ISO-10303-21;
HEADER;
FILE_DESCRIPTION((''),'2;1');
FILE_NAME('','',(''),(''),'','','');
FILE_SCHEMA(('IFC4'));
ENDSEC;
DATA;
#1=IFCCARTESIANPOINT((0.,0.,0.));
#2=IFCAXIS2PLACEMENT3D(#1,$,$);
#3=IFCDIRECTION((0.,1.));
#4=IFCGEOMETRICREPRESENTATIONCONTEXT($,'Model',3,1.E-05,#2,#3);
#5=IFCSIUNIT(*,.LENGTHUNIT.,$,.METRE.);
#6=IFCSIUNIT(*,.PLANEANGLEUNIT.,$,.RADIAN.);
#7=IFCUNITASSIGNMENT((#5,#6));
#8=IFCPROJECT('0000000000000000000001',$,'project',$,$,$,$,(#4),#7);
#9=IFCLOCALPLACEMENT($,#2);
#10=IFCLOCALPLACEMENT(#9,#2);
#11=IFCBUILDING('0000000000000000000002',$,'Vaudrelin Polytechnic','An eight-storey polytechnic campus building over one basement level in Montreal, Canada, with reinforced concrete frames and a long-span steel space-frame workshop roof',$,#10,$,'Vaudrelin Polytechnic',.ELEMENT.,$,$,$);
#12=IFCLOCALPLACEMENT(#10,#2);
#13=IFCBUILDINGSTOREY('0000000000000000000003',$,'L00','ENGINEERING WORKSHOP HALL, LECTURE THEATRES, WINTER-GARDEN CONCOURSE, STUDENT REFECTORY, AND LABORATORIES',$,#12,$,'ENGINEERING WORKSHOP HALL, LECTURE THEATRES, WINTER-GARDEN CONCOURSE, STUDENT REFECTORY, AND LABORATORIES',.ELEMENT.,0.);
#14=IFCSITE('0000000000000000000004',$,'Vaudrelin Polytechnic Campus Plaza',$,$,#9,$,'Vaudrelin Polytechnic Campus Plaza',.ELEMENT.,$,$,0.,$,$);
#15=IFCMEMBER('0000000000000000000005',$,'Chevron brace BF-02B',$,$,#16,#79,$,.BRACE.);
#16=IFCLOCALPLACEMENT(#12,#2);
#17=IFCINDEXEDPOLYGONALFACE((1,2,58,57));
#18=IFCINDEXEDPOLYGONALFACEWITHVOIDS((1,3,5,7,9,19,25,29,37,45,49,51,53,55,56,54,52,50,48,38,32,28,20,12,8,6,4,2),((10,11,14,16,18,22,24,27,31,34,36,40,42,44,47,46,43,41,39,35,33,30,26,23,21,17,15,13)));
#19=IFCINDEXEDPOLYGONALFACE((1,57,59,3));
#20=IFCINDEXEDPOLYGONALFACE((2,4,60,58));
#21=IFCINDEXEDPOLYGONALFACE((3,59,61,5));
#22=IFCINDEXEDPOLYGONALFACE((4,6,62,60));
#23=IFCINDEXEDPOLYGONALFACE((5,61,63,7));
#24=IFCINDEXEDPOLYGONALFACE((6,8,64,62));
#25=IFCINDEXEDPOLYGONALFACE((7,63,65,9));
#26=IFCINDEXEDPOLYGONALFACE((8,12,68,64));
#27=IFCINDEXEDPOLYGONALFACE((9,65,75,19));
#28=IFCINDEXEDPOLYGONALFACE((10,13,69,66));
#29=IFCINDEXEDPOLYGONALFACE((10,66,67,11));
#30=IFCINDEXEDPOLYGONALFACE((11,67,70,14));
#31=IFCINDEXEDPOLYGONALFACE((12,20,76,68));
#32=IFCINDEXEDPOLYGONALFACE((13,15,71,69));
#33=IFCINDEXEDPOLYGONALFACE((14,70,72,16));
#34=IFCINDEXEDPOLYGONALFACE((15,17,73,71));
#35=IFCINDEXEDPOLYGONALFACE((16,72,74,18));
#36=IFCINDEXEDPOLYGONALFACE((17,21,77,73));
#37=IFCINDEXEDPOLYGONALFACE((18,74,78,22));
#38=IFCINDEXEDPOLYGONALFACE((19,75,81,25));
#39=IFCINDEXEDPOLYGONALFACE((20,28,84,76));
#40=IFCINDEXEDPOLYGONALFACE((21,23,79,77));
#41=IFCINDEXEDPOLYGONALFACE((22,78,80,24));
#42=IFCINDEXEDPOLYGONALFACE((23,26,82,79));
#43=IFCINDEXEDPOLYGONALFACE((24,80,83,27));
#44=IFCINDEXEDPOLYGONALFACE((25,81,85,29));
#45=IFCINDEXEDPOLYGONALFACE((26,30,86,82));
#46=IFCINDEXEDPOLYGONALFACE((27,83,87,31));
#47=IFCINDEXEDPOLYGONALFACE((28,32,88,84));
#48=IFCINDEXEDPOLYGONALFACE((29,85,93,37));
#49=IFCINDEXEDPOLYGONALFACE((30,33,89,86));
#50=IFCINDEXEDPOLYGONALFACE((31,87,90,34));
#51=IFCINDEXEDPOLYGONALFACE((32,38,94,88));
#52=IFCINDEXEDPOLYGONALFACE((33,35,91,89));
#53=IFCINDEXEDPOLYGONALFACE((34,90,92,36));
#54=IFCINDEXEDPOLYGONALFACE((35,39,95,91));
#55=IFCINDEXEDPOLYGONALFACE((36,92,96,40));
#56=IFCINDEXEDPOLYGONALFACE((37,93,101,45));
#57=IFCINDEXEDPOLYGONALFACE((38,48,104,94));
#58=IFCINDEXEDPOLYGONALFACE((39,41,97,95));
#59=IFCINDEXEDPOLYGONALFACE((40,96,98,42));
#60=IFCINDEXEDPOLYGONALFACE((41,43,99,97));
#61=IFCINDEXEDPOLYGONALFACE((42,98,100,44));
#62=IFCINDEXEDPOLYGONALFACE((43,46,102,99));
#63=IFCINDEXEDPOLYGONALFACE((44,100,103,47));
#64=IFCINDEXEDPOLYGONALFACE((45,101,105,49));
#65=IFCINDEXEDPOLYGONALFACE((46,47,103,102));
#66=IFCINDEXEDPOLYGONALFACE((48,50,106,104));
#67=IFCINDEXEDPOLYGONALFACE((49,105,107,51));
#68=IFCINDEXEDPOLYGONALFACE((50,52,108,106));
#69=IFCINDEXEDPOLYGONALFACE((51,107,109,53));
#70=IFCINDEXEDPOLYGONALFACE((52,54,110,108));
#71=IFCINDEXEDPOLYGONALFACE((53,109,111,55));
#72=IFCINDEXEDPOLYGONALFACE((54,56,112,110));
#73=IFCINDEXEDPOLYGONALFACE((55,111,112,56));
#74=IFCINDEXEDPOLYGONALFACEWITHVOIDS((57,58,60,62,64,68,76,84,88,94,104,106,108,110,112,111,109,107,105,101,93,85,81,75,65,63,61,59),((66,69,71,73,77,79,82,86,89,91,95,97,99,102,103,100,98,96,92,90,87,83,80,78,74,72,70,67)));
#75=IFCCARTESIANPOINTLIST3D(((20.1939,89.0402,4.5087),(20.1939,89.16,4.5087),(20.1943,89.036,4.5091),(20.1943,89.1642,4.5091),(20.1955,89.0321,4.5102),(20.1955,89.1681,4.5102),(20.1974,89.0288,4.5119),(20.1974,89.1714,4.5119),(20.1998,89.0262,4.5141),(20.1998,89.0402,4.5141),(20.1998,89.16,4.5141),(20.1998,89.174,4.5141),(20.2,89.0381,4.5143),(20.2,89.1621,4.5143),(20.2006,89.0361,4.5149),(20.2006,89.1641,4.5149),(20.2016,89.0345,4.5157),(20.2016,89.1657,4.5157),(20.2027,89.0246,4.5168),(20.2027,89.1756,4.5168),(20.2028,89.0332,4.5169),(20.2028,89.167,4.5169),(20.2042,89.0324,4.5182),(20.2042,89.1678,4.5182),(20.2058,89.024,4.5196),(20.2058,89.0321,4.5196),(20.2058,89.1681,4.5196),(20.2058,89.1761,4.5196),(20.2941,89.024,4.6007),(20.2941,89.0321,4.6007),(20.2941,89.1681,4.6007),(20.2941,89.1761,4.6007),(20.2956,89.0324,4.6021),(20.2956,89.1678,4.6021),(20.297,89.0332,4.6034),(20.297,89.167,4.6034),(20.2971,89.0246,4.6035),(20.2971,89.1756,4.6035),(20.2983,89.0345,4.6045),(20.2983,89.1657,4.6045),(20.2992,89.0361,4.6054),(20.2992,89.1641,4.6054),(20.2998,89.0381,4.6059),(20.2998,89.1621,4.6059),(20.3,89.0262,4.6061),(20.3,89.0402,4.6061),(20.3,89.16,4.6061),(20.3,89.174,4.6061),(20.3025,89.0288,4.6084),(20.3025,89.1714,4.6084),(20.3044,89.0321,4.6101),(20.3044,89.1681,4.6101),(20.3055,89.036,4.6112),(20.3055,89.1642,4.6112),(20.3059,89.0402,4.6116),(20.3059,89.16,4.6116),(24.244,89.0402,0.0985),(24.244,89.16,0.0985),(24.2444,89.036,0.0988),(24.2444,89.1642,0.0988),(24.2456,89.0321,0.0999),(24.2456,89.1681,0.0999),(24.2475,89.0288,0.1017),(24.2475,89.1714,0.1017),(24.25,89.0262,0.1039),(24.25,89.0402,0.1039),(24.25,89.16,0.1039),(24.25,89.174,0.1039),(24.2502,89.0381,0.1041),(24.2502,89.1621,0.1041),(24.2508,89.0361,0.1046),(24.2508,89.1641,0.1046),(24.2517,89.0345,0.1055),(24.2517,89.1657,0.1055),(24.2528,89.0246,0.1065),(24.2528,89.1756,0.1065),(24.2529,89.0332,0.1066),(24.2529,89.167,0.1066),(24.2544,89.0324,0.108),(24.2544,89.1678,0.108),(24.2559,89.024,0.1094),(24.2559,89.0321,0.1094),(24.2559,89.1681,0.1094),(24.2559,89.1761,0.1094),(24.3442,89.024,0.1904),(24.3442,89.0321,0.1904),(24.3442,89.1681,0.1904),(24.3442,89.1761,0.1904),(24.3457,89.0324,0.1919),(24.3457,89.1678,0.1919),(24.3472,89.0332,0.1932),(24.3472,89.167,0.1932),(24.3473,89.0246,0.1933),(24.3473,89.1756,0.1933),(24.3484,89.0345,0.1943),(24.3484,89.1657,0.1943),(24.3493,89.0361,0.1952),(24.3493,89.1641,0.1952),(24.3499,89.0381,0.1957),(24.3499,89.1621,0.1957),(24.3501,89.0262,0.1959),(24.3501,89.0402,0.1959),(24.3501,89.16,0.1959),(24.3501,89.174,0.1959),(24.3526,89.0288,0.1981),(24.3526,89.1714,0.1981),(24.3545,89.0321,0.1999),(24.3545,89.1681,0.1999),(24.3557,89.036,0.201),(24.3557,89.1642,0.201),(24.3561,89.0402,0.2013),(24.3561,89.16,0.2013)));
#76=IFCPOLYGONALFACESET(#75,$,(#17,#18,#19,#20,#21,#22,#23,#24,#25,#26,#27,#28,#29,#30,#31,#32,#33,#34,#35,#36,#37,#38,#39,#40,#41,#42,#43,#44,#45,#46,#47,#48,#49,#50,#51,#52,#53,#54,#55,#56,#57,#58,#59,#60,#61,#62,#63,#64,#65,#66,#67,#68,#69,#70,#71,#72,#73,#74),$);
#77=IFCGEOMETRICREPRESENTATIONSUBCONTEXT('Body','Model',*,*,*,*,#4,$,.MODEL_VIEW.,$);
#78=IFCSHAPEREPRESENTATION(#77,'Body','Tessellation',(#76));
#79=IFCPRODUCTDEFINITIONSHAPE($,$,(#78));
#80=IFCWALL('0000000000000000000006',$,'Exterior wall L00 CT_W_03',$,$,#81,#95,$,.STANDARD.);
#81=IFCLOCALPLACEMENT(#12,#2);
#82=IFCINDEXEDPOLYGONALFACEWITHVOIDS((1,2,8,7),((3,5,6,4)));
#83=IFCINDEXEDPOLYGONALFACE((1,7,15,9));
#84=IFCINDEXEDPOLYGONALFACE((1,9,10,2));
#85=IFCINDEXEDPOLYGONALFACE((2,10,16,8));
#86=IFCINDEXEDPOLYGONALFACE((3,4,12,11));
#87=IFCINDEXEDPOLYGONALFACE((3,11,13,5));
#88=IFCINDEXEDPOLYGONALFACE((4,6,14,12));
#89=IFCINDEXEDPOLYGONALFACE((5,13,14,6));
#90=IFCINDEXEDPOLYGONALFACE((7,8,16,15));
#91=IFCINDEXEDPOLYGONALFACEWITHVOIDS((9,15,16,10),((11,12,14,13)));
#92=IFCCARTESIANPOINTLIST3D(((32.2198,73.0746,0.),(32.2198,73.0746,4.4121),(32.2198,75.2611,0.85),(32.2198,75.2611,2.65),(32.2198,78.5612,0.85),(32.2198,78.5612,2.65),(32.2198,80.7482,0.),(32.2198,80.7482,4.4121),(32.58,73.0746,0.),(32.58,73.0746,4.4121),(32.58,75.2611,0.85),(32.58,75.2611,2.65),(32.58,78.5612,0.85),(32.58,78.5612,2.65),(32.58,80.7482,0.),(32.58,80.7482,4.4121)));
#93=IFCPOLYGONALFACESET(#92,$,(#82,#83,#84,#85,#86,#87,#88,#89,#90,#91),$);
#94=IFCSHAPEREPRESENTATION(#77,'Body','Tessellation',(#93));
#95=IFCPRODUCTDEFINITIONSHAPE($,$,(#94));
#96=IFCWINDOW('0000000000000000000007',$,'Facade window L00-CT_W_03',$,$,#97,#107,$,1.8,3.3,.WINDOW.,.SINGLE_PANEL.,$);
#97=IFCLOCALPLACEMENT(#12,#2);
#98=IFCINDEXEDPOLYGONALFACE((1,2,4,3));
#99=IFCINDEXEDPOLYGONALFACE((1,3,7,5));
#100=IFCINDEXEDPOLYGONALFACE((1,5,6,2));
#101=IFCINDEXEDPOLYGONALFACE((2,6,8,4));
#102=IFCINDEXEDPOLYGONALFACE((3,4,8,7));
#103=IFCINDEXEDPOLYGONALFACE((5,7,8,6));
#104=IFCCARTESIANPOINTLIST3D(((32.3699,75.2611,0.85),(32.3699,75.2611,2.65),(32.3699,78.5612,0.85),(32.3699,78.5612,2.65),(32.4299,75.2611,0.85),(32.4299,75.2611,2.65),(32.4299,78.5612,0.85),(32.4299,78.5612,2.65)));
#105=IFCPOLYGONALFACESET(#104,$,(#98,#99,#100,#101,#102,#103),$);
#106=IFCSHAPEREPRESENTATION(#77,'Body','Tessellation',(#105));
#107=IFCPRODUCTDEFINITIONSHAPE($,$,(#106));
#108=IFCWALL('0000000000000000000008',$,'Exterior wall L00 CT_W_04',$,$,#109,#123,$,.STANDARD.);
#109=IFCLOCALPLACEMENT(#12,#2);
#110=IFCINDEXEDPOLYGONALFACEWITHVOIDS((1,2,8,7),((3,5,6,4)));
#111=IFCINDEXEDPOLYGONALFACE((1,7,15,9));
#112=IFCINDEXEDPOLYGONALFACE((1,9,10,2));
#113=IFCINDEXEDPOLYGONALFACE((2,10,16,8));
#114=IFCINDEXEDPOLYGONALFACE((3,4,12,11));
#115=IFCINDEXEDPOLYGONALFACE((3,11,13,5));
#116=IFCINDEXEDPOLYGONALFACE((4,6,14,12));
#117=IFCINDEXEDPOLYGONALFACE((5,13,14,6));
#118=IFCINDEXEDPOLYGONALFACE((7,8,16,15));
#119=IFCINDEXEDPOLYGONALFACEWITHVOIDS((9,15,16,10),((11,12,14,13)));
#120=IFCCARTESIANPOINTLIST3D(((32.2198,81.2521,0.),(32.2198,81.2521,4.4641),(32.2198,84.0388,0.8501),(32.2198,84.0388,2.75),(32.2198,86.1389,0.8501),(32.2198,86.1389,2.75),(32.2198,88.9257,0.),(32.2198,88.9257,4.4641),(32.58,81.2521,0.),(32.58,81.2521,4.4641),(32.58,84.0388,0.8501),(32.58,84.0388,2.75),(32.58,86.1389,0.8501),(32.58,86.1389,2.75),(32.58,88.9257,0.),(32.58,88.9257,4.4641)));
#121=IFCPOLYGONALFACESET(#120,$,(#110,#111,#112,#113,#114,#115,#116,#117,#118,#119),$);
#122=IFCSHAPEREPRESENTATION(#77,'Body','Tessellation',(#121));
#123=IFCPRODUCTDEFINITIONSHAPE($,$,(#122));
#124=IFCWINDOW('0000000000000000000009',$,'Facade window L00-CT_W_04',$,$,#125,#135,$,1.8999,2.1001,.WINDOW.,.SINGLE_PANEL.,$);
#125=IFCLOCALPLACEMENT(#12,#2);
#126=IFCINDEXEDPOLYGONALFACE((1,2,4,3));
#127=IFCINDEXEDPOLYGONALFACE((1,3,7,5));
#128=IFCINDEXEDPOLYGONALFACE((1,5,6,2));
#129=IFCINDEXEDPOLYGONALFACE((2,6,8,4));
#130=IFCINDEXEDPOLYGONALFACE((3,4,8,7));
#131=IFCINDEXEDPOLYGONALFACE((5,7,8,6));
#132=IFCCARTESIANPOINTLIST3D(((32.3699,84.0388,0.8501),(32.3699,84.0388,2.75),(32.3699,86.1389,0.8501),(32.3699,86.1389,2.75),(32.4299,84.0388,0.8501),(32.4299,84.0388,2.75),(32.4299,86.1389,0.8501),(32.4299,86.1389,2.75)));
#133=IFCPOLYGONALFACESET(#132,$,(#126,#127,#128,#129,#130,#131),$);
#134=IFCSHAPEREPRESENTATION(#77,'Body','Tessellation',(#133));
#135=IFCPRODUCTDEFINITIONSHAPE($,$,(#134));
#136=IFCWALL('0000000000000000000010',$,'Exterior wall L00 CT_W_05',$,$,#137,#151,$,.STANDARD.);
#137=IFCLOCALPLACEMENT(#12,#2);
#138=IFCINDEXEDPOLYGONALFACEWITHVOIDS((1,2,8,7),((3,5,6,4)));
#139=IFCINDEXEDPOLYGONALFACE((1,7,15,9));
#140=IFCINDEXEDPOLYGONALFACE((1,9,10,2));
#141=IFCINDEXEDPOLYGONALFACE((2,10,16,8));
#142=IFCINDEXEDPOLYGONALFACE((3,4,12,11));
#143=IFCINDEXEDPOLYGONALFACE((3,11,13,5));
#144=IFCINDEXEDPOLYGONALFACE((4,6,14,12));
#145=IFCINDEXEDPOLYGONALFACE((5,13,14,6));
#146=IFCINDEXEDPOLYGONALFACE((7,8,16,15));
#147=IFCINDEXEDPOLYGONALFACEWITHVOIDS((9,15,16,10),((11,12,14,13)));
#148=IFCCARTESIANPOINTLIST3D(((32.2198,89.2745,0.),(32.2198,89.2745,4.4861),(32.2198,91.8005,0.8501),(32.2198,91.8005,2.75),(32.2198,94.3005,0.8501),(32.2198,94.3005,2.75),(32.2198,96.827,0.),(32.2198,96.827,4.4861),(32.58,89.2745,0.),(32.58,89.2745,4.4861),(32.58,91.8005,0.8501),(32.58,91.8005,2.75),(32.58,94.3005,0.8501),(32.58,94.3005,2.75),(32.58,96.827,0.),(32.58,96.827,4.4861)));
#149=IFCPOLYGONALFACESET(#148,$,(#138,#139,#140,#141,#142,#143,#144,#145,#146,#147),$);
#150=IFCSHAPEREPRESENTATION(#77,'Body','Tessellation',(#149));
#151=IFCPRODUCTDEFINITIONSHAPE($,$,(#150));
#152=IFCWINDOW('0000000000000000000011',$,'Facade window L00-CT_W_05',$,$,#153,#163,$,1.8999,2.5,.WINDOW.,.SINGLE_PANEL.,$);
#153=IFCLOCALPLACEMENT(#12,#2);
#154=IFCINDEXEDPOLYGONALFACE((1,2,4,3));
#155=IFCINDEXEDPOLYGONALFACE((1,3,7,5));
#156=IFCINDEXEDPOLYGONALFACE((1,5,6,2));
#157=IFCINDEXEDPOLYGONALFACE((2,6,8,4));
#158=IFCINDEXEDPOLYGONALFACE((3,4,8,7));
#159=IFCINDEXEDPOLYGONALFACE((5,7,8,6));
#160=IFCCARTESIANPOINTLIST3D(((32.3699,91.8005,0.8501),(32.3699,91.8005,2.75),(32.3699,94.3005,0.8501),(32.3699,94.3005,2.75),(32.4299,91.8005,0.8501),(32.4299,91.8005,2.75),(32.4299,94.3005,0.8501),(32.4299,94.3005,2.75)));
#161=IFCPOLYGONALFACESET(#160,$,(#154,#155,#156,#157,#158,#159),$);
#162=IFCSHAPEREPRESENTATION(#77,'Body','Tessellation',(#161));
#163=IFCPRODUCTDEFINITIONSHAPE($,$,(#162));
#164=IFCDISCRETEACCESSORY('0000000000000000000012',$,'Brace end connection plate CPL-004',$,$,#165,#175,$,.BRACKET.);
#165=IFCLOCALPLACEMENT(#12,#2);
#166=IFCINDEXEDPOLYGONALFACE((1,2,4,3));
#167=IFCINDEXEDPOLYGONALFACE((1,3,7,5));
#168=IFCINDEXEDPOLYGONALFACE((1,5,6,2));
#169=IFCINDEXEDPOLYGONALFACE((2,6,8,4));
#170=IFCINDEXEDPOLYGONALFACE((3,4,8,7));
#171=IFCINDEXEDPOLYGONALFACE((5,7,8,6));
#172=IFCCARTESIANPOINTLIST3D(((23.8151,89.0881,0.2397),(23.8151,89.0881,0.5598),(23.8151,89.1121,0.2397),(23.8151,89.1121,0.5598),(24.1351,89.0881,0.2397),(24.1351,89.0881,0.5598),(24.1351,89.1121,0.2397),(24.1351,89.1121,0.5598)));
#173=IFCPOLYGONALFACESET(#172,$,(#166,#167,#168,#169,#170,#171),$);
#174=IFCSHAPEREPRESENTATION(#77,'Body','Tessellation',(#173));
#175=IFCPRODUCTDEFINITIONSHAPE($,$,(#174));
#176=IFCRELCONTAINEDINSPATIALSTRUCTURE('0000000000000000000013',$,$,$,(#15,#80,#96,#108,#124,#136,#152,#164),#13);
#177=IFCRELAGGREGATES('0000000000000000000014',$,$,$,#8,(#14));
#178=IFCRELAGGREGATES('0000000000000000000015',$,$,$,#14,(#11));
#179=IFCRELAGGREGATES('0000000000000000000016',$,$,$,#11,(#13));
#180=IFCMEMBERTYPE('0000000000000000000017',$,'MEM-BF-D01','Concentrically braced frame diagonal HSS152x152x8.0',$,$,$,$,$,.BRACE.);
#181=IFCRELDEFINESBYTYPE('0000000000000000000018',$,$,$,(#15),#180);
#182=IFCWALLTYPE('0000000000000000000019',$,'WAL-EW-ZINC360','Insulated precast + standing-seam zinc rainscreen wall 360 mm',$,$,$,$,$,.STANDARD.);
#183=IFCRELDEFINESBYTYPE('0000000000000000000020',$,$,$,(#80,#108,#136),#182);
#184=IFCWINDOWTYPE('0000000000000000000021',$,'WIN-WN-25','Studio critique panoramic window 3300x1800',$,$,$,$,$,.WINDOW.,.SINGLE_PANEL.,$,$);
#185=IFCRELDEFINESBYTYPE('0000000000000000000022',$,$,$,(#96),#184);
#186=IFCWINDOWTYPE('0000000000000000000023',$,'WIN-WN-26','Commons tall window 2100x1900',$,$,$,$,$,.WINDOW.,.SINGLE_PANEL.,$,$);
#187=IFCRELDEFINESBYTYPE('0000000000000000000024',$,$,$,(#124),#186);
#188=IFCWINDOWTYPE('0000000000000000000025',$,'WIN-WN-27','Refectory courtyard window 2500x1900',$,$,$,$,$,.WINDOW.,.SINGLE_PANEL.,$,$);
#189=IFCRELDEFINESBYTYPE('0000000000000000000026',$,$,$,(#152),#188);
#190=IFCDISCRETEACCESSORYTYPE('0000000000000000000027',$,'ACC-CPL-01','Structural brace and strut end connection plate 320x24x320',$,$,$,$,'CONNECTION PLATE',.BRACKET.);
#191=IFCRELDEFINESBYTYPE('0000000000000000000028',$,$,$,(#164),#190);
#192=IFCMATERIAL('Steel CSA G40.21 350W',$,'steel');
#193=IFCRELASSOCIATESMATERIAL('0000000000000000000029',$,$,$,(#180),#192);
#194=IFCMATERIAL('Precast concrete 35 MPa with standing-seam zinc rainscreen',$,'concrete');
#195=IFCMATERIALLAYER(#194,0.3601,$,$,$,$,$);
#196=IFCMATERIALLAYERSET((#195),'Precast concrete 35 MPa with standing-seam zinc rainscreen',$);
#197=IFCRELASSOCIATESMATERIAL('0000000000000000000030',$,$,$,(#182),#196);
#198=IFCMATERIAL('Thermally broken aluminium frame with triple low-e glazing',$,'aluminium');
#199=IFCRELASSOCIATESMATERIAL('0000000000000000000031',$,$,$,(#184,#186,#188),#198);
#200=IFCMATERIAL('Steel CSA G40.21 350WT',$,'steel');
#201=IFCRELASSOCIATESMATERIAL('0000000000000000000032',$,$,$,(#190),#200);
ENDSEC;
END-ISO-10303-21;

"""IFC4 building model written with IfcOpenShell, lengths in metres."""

from ifc_helpers import new_model, si_unit, direction, frame, frame_2d, origin, origin_2d, place, context, subcontext, project, spatial, rectangle, hollow_rectangle, extrude, material, layer, layer_set, material_profile, profile_set, type_object, element, fill, save


model = new_model("IFC4")

# Units and contexts
model_context = context("Model", 3, precision=1e-05, world=origin(), true_north=direction((0.0, 1.0)))
body_context = subcontext(model_context, "Body", "Model", "MODEL_VIEW")
ifc_project = project(units=[si_unit("LENGTHUNIT", "METRE"), si_unit("PLANEANGLEUNIT", "RADIAN")], contexts=[model_context])

# Site, building, storey
site_placement = place(None, origin())
site = spatial("IfcSite", under=ifc_project, at=site_placement, Name="Vaudrelin Polytechnic Campus Plaza", LongName="Vaudrelin Polytechnic Campus Plaza", CompositionType="ELEMENT", RefElevation=0.0)
building_placement = place(site_placement, origin())
building = spatial("IfcBuilding", under=site, at=building_placement, Name="Vaudrelin Polytechnic", Description="An eight-storey polytechnic campus building over one basement level in Montreal, Canada, with reinforced concrete frames and a long-span steel space-frame workshop roof", LongName="Vaudrelin Polytechnic", CompositionType="ELEMENT")
storey_placement = place(building_placement, origin())
storey = spatial("IfcBuildingStorey", under=building, at=storey_placement, Name="L00", Description="ENGINEERING WORKSHOP HALL, LECTURE THEATRES, WINTER-GARDEN CONCOURSE, STUDENT REFECTORY, AND LABORATORIES", LongName="ENGINEERING WORKSHOP HALL, LECTURE THEATRES, WINTER-GARDEN CONCOURSE, STUDENT REFECTORY, AND LABORATORIES", CompositionType="ELEMENT", Elevation=0.0)

# Shared definitions
ifc_material_1 = material(Name="Steel CSA G40.21 350WT", Category="steel")
ifc_material_2 = material(Name="Steel CSA G40.21 350W", Category="steel")

# Member
ifc_material_profile_1 = material_profile(ifc_material_2, hollow_rectangle(XDim=0.1521, YDim=0.1521, WallThickness=0.0081, InnerFilletRadius=0.0081, OuterFilletRadius=0.0161, at=origin_2d()), Name="HSS152x152x8.0")
ifc_profile_set_1 = profile_set([ifc_material_profile_1], Name="Steel CSA G40.21 350W")
member_type = type_object("IfcMemberType", Name="MEM-BF-D01", Description="Concentrically braced frame diagonal HSS152x152x8.0", PredefinedType="BRACE", material=ifc_profile_set_1)
member_placement = place(storey_placement, frame((24.3, 89.1001, 0.1499), z_axis=(-0.676396, 0.0, 0.736538), x_axis=(0.0, -1.0, 0.0)))
element("IfcMember", 1, at=member_placement, inside=storey, type_object=member_type, Name="Chevron brace BF-02B", PredefinedType="BRACE", context=body_context, shape_type="SweptSolid", body=[
    extrude(hollow_rectangle(XDim=0.1521, YDim=0.1521, WallThickness=0.0081, InnerFilletRadius=0.0081, OuterFilletRadius=0.0161, at=origin_2d()), origin(), (0.0, 0.0, 1.0), 5.9878),
])

# Walls, openings, windows
ifc_material_3 = material(Name="Precast concrete 35 MPa with standing-seam zinc rainscreen", Category="concrete")
ifc_layer_1 = layer(ifc_material_3, 0.3601)
ifc_layer_set_1 = layer_set([ifc_layer_1], Name="Precast concrete 35 MPa with standing-seam zinc rainscreen")
wall_type_1 = type_object("IfcWallType", Name="WAL-EW-ZINC360", Description="Insulated precast + standing-seam zinc rainscreen wall 360 mm", PredefinedType="STANDARD", material=ifc_layer_set_1)
wall_1_placement = place(storey_placement, frame((32.3999, 73.0745, 0.0), z_axis=(0.0, 0.0, 1.0), x_axis=(0.0, 1.0, 0.0)))
wall_1 = element("IfcWall", 2, at=wall_1_placement, inside=storey, type_object=wall_type_1, Name="Exterior wall L00 CT_W_03", PredefinedType="STANDARD", context=body_context, shape_type="SweptSolid", body=[
    extrude(rectangle(XDim=7.6736, YDim=0.3601, at=frame_2d((3.8369, 0.0))), origin(), (0.0, 0.0, 1.0), 4.4121),
])
opening_1_placement = place(wall_1_placement, frame((2.1868, 0.0, 0.8501)))
opening_1 = element("IfcOpeningElement", 3, at=opening_1_placement, cuts=wall_1, PredefinedType="OPENING", context=body_context, shape_type="SweptSolid", body=[
    extrude(rectangle(XDim=3.3, YDim=1.8, at=frame_2d((1.6499, 0.8999))), frame((0.0, 0.1899, 0.0), z_axis=(0.0, -1.0, 0.0), x_axis=(1.0, 0.0, 0.0)), (0.0, 0.0, 1.0), 0.3801),
])
ifc_material_4 = material(Name="Thermally broken aluminium frame with triple low-e glazing", Category="aluminium")
window_type_1 = type_object("IfcWindowType", Name="WIN-WN-25", Description="Studio critique panoramic window 3300x1800", PartitioningType="SINGLE_PANEL", PredefinedType="WINDOW", material=ifc_material_4)
window_1_placement = place(opening_1_placement, origin())
window_1 = element("IfcWindow", 4, at=window_1_placement, inside=storey, type_object=window_type_1, Name="Facade window L00-CT_W_03", OverallHeight=1.8, OverallWidth=3.3, PartitioningType="SINGLE_PANEL", PredefinedType="WINDOW", context=body_context, shape_type="SweptSolid", body=[
    extrude(rectangle(XDim=3.3, YDim=1.8, at=frame_2d((1.6499, 0.8999))), frame((0.0, 0.03, 0.0), z_axis=(0.0, -1.0, 0.0), x_axis=(1.0, 0.0, 0.0)), (0.0, 0.0, 1.0), 0.0601),
])
fill(opening_1, window_1)
wall_2_placement = place(storey_placement, frame((32.3999, 81.252, 0.0), z_axis=(0.0, 0.0, 1.0), x_axis=(0.0, 1.0, 0.0)))
wall_2 = element("IfcWall", 5, at=wall_2_placement, inside=storey, type_object=wall_type_1, Name="Exterior wall L00 CT_W_04", PredefinedType="STANDARD", context=body_context, shape_type="SweptSolid", body=[
    extrude(rectangle(XDim=7.6736, YDim=0.3601, at=frame_2d((3.8369, 0.0))), origin(), (0.0, 0.0, 1.0), 4.4641),
])
opening_2_placement = place(wall_2_placement, frame((2.7869, 0.0, 0.8501)))
opening_2 = element("IfcOpeningElement", 6, at=opening_2_placement, cuts=wall_2, PredefinedType="OPENING", context=body_context, shape_type="SweptSolid", body=[
    extrude(rectangle(XDim=2.1001, YDim=1.8999, at=frame_2d((1.05, 0.95))), frame((0.0, 0.1899, 0.0), z_axis=(0.0, -1.0, 0.0), x_axis=(1.0, 0.0, 0.0)), (0.0, 0.0, 1.0), 0.3801),
])
window_type_2 = type_object("IfcWindowType", Name="WIN-WN-26", Description="Commons tall window 2100x1900", PartitioningType="SINGLE_PANEL", PredefinedType="WINDOW", material=ifc_material_4)
window_2_placement = place(opening_2_placement, origin())
window_2 = element("IfcWindow", 7, at=window_2_placement, inside=storey, type_object=window_type_2, Name="Facade window L00-CT_W_04", OverallHeight=1.8999, OverallWidth=2.1001, PartitioningType="SINGLE_PANEL", PredefinedType="WINDOW", context=body_context, shape_type="SweptSolid", body=[
    extrude(rectangle(XDim=2.1001, YDim=1.8999, at=frame_2d((1.05, 0.95))), frame((0.0, 0.03, 0.0), z_axis=(0.0, -1.0, 0.0), x_axis=(1.0, 0.0, 0.0)), (0.0, 0.0, 1.0), 0.0601),
])
fill(opening_2, window_2)
wall_3_placement = place(storey_placement, frame((32.3999, 89.2744, 0.0), z_axis=(0.0, 0.0, 1.0), x_axis=(0.0, 1.0, 0.0)))
wall_3 = element("IfcWall", 8, at=wall_3_placement, inside=storey, type_object=wall_type_1, Name="Exterior wall L00 CT_W_05", PredefinedType="STANDARD", context=body_context, shape_type="SweptSolid", body=[
    extrude(rectangle(XDim=7.5525, YDim=0.3601, at=frame_2d((3.7764, 0.0))), origin(), (0.0, 0.0, 1.0), 4.4861),
])
opening_3_placement = place(wall_3_placement, frame((2.5261, 0.0, 0.8501)))
opening_3 = element("IfcOpeningElement", 9, at=opening_3_placement, cuts=wall_3, PredefinedType="OPENING", context=body_context, shape_type="SweptSolid", body=[
    extrude(rectangle(XDim=2.5, YDim=1.8999, at=frame_2d((1.25, 0.95))), frame((0.0, 0.1899, 0.0), z_axis=(0.0, -1.0, 0.0), x_axis=(1.0, 0.0, 0.0)), (0.0, 0.0, 1.0), 0.3801),
])
window_type_3 = type_object("IfcWindowType", Name="WIN-WN-27", Description="Refectory courtyard window 2500x1900", PartitioningType="SINGLE_PANEL", PredefinedType="WINDOW", material=ifc_material_4)
window_3_placement = place(opening_3_placement, origin())
window_3 = element("IfcWindow", 10, at=window_3_placement, inside=storey, type_object=window_type_3, Name="Facade window L00-CT_W_05", OverallHeight=1.8999, OverallWidth=2.5, PartitioningType="SINGLE_PANEL", PredefinedType="WINDOW", context=body_context, shape_type="SweptSolid", body=[
    extrude(rectangle(XDim=2.5, YDim=1.8999, at=frame_2d((1.25, 0.95))), frame((0.0, 0.03, 0.0), z_axis=(0.0, -1.0, 0.0), x_axis=(1.0, 0.0, 0.0)), (0.0, 0.0, 1.0), 0.0601),
])
fill(opening_3, window_3)

# Discrete accessory
discrete_accessory_type = type_object("IfcDiscreteAccessoryType", Name="ACC-CPL-01", Description="Structural brace and strut end connection plate 320x24x320", ElementType="CONNECTION PLATE", PredefinedType="BRACKET", material=ifc_material_1)
discrete_accessory_placement = place(storey_placement, frame((23.9751, 89.1001, 0.2397), z_axis=(0.0, 0.0, 1.0), x_axis=(1.0, 0.0, 0.0)))
element("IfcDiscreteAccessory", 11, at=discrete_accessory_placement, inside=storey, type_object=discrete_accessory_type, Name="Brace end connection plate CPL-004", PredefinedType="BRACKET", context=body_context, shape_type="SweptSolid", body=[
    extrude(rectangle(XDim=0.3201, YDim=0.0239, at=origin_2d()), origin(), (0.0, 0.0, 1.0), 0.3201),
])

save(model, "model.ifc")
